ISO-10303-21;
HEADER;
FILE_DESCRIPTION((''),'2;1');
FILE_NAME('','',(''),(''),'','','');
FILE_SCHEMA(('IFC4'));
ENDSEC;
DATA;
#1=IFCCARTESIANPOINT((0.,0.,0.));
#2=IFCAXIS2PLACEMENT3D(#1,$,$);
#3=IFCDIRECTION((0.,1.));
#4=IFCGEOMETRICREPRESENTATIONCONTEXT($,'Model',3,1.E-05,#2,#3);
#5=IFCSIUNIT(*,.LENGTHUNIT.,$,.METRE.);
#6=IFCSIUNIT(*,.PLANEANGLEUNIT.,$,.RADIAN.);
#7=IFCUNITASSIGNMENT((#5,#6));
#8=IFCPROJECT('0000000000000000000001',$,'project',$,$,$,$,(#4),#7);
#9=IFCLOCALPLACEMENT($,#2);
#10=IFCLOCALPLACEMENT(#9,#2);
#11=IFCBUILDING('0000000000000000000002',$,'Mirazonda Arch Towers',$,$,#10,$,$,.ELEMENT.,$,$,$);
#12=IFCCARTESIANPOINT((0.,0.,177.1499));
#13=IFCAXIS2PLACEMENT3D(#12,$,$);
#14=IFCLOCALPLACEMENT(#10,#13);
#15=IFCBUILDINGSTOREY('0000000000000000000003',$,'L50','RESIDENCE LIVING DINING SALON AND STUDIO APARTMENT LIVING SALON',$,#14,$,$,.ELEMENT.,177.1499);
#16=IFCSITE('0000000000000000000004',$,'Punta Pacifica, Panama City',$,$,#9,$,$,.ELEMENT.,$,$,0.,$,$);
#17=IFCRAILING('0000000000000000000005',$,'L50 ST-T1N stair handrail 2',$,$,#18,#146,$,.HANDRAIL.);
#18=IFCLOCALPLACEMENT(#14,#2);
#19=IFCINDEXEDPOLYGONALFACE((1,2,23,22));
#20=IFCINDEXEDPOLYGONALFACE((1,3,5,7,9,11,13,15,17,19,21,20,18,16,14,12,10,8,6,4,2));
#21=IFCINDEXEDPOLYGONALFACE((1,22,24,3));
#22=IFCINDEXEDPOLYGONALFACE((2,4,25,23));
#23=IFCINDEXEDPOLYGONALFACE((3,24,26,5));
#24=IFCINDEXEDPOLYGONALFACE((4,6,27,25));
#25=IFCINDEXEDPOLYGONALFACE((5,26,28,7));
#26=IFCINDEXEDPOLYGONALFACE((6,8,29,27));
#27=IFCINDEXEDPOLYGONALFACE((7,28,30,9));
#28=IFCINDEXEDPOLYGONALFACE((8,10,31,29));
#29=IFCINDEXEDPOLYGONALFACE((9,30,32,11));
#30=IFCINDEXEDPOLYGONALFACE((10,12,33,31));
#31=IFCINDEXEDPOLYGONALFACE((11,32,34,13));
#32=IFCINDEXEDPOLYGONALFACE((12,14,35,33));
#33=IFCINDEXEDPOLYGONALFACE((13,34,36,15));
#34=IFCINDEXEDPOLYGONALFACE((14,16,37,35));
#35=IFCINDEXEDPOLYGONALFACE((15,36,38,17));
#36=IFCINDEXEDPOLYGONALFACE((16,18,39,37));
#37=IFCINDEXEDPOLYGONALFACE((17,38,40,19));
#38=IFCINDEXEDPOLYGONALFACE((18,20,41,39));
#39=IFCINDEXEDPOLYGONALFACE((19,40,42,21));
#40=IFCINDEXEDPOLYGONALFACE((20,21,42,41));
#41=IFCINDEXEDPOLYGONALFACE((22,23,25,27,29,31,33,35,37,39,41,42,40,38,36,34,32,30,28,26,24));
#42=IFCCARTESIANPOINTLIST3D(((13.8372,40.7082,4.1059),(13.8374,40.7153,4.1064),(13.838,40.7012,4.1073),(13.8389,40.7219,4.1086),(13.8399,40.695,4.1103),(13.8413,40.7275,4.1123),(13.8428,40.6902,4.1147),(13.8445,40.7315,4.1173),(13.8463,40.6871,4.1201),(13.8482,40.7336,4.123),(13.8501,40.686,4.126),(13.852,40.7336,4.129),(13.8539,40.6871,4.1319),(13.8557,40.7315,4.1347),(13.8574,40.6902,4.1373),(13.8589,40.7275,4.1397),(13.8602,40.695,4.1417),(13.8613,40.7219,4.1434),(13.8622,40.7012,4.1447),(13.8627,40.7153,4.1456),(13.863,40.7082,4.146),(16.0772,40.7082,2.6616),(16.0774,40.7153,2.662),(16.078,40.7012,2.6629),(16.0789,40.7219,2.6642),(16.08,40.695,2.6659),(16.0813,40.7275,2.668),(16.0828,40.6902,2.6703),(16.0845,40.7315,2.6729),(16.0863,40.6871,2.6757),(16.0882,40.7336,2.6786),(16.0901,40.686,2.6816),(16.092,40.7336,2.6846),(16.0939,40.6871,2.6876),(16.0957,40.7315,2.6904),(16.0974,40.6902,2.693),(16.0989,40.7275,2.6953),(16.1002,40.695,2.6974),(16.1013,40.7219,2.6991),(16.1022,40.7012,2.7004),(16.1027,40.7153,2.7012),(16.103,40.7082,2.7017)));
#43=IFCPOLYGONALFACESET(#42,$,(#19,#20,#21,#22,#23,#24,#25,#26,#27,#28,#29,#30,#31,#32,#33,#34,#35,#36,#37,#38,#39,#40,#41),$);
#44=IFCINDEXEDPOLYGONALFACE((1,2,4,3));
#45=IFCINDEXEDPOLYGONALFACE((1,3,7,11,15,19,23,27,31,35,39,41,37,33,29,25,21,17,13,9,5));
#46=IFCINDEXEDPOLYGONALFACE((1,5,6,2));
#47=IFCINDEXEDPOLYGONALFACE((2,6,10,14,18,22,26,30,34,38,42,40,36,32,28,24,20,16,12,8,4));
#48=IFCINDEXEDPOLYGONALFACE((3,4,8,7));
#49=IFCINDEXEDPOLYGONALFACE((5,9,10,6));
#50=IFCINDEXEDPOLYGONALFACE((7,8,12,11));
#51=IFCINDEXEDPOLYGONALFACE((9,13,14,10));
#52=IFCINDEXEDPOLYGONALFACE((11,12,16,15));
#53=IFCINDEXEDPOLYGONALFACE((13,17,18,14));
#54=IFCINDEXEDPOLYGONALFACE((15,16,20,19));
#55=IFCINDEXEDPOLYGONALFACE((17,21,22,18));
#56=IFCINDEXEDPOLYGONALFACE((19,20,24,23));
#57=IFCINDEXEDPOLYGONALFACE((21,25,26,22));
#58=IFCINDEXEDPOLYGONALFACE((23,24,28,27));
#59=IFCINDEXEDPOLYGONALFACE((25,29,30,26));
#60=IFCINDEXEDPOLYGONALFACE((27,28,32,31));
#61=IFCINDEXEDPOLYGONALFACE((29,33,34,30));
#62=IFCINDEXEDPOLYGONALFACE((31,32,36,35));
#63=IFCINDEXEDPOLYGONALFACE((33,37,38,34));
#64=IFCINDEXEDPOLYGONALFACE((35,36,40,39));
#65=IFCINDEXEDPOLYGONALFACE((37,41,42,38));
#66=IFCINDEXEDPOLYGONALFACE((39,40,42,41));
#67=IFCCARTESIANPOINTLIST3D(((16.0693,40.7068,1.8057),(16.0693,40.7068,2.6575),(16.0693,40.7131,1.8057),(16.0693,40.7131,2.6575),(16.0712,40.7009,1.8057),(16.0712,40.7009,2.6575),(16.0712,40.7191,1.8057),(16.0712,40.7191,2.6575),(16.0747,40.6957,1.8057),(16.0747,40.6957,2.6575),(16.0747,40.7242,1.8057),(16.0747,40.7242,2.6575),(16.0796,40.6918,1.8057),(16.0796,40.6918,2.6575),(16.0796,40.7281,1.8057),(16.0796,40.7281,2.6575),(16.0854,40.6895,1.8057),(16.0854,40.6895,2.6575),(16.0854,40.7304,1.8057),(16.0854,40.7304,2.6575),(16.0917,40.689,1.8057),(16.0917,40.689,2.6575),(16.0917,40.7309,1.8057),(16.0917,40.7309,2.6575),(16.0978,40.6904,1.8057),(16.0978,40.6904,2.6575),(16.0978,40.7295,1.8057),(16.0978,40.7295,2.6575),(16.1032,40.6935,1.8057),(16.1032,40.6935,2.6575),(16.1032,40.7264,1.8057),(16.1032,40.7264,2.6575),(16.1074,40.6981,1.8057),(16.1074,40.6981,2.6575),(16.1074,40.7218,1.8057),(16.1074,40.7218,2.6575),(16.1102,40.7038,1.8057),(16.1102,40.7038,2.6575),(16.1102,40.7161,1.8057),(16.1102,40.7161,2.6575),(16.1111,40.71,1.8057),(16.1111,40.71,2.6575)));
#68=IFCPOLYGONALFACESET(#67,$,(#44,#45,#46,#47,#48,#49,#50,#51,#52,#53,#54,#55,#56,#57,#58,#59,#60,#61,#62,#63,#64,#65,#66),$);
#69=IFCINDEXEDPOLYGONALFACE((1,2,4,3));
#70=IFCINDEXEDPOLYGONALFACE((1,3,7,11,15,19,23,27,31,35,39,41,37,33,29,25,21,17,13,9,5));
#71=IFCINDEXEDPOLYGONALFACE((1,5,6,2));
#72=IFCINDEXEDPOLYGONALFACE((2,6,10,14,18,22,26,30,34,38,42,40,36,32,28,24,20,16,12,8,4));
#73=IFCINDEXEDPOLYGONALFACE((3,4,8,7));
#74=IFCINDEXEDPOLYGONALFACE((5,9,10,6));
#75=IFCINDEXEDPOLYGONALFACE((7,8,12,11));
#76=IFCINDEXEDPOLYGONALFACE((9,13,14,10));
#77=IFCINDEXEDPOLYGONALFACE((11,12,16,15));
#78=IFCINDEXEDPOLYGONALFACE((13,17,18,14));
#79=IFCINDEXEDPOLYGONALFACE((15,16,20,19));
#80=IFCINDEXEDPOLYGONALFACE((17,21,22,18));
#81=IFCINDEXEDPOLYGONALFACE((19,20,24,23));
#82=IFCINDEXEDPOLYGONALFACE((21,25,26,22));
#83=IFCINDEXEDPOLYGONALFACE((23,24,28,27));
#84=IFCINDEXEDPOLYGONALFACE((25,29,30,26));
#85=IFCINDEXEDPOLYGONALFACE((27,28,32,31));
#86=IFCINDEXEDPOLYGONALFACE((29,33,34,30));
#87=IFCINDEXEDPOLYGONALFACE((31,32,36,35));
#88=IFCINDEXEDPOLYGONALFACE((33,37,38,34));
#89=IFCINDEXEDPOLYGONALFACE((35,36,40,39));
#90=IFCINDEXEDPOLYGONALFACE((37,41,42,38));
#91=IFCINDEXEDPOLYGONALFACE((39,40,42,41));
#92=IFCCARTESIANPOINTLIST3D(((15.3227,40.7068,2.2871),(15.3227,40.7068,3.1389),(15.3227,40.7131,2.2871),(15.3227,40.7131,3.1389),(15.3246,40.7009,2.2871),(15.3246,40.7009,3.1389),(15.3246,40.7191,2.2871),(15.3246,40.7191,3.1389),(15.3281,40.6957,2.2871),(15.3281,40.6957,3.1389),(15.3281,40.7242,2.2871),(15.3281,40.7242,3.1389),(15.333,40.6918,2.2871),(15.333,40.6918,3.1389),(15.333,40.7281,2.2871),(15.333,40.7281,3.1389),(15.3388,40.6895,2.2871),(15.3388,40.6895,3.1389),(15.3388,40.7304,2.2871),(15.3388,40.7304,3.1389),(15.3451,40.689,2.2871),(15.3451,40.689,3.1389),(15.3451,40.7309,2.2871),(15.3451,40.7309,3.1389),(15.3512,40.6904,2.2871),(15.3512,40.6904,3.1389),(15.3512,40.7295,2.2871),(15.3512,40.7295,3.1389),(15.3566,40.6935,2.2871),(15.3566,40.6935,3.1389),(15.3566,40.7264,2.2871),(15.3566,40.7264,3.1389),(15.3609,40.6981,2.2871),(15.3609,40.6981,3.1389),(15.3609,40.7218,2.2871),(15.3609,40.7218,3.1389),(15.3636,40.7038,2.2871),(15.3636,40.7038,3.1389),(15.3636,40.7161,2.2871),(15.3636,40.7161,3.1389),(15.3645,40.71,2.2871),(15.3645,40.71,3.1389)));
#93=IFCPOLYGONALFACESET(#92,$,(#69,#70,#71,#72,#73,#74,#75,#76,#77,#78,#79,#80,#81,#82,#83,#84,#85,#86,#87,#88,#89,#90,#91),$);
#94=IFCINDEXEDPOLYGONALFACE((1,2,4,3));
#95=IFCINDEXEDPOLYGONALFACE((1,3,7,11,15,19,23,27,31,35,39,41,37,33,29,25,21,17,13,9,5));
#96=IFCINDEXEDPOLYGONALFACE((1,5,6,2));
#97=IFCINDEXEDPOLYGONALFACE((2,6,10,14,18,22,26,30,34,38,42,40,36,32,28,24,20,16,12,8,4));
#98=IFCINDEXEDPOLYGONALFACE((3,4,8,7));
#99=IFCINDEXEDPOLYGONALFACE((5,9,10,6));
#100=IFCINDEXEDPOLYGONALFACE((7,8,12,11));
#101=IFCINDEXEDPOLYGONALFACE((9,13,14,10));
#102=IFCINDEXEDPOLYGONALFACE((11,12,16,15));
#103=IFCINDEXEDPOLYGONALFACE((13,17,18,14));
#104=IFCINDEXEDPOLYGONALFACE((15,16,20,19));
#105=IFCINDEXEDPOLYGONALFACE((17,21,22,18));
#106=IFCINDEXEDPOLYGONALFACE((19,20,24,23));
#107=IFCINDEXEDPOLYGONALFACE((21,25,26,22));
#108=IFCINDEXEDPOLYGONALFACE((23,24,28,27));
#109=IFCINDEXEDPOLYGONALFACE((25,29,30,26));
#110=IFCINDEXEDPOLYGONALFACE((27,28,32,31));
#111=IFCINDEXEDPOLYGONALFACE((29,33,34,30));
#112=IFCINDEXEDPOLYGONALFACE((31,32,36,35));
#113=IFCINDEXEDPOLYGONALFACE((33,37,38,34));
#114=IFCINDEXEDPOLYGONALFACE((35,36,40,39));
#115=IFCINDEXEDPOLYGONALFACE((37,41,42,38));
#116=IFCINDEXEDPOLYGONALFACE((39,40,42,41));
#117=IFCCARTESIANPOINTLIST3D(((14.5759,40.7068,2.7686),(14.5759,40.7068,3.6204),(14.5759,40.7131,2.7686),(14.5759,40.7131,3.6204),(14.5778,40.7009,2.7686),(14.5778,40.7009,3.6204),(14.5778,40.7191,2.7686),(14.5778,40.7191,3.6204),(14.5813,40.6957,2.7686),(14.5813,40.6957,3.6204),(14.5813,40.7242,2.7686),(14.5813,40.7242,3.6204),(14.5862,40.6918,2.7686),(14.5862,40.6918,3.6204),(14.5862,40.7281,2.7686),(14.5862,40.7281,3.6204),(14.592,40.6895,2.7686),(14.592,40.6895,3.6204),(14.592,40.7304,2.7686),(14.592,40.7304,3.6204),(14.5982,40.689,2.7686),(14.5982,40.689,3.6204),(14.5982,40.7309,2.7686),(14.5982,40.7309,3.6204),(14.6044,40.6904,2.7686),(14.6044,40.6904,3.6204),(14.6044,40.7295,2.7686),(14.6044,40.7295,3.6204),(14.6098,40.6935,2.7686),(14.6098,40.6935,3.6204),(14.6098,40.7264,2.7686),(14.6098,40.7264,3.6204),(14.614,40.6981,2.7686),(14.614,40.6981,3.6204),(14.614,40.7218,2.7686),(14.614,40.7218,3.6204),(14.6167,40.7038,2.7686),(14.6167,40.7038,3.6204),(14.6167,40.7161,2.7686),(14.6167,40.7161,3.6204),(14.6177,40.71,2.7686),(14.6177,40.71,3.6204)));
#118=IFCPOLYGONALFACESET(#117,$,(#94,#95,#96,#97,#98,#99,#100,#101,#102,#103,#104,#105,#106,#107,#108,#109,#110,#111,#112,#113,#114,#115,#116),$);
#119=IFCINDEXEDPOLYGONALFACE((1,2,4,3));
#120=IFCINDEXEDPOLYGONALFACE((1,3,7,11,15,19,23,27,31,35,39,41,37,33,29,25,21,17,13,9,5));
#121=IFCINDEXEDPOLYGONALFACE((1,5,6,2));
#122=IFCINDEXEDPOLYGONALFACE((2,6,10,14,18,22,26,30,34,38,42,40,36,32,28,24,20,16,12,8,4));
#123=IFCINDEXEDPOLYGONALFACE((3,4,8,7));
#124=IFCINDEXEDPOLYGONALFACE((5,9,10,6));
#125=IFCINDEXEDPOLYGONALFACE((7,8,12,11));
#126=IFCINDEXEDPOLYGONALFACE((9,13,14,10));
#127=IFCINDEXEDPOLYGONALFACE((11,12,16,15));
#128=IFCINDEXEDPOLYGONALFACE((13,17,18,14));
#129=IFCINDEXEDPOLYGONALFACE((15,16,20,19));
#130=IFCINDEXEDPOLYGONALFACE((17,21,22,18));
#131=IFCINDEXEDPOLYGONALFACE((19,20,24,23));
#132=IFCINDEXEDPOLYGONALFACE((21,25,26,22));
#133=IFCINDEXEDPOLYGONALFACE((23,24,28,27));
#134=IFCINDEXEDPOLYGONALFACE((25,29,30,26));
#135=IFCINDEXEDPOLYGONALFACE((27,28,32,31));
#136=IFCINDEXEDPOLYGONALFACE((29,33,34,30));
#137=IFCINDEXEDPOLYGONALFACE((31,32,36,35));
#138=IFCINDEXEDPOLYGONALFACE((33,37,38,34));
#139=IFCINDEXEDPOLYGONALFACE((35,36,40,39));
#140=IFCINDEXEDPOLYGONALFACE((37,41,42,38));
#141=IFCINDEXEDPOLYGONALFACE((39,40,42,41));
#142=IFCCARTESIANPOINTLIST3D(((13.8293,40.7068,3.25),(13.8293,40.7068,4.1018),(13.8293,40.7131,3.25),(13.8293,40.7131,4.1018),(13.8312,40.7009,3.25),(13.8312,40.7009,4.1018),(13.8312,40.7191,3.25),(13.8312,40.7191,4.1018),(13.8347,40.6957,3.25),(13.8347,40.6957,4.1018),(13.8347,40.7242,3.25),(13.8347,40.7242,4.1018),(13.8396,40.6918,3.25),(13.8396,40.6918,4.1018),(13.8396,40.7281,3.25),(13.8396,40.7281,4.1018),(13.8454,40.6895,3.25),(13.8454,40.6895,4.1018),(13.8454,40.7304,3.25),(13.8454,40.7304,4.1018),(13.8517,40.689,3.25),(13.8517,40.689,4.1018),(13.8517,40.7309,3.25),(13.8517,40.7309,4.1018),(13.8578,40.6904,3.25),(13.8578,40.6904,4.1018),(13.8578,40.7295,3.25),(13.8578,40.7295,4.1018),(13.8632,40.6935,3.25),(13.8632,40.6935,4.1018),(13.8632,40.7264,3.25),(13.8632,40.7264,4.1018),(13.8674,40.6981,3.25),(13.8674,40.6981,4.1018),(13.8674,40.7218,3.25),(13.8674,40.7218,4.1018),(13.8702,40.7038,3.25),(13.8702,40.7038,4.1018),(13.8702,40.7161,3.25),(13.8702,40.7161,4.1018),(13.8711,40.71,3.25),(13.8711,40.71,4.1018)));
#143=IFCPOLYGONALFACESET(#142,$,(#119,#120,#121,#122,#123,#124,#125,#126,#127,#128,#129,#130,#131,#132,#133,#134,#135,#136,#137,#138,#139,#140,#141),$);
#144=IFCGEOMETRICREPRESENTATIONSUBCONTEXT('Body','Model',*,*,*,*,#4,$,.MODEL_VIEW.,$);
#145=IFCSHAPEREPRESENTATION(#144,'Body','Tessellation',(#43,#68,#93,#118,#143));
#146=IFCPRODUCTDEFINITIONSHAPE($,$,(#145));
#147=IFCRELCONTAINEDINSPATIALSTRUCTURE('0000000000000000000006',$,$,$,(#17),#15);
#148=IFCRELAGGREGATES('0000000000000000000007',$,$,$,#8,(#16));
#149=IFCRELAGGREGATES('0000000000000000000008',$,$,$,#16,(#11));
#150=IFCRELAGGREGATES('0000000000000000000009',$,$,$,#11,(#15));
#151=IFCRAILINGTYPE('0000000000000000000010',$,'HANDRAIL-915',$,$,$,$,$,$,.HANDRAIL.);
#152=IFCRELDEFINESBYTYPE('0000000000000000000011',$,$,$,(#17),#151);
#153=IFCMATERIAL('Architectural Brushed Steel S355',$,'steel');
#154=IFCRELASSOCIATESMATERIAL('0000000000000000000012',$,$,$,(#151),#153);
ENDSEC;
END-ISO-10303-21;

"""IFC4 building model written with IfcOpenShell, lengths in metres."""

from ifc_helpers import new_model, si_unit, direction, frame, origin, origin_2d, place, context, subcontext, project, spatial, circle, extrude, material, type_object, element, save


model = new_model("IFC4")

# Units and contexts
model_context = context("Model", 3, precision=1e-05, world=origin(), true_north=direction((0.0, 1.0)))
body_context = subcontext(model_context, "Body", "Model", "MODEL_VIEW")
ifc_project = project(units=[si_unit("LENGTHUNIT", "METRE"), si_unit("PLANEANGLEUNIT", "RADIAN")], contexts=[model_context])

# Site, building, storey
site_placement = place(None, origin())
site = spatial("IfcSite", under=ifc_project, at=site_placement, Name="Punta Pacifica, Panama City", CompositionType="ELEMENT", RefElevation=0.0)
building_placement = place(site_placement, origin())
building = spatial("IfcBuilding", under=site, at=building_placement, Name="Mirazonda Arch Towers", CompositionType="ELEMENT")
storey_placement = place(building_placement, frame((0.0, 0.0, 177.1499)))
storey = spatial("IfcBuildingStorey", under=building, at=storey_placement, Name="L50", Description="RESIDENCE LIVING DINING SALON AND STUDIO APARTMENT LIVING SALON", CompositionType="ELEMENT", Elevation=177.1499)

# Shared definitions
ifc_material_1 = material(Name="Architectural Brushed Steel S355", Category="steel")

# Railing
railing_type_1 = type_object("IfcRailingType", Name="HANDRAIL-915", PredefinedType="HANDRAIL", material=ifc_material_1)
railing_1_placement = place(storey_placement, frame((16.0901, 40.71, 1.8057)))
element("IfcRailing", 1, at=railing_1_placement, inside=storey, type_object=railing_type_1, Name="L50 ST-T1N stair handrail 2", PredefinedType="HANDRAIL", context=body_context, shape_type="SweptSolid", body=[
    extrude(circle(Radius=0.0239, at=origin_2d()), frame((0.0, 0.0, 0.876), z_axis=(-0.840437, 0.0, 0.54191), x_axis=(0.0, -1.0, 0.0)), (0.0, 0.0, 1.0), 2.6653),
    extrude(circle(Radius=0.021, at=origin_2d()), origin(), (0.0, 0.0, 1.0), 0.8518),
    extrude(circle(Radius=0.021, at=origin_2d()), frame((-0.7466, 0.0, 0.4814)), (0.0, 0.0, 1.0), 0.8518),
    extrude(circle(Radius=0.021, at=origin_2d()), frame((-1.4934, 0.0, 0.9629)), (0.0, 0.0, 1.0), 0.8518),
    extrude(circle(Radius=0.021, at=origin_2d()), frame((-2.24, 0.0, 1.4443)), (0.0, 0.0, 1.0), 0.8518),
])

save(model, "model.ifc")
